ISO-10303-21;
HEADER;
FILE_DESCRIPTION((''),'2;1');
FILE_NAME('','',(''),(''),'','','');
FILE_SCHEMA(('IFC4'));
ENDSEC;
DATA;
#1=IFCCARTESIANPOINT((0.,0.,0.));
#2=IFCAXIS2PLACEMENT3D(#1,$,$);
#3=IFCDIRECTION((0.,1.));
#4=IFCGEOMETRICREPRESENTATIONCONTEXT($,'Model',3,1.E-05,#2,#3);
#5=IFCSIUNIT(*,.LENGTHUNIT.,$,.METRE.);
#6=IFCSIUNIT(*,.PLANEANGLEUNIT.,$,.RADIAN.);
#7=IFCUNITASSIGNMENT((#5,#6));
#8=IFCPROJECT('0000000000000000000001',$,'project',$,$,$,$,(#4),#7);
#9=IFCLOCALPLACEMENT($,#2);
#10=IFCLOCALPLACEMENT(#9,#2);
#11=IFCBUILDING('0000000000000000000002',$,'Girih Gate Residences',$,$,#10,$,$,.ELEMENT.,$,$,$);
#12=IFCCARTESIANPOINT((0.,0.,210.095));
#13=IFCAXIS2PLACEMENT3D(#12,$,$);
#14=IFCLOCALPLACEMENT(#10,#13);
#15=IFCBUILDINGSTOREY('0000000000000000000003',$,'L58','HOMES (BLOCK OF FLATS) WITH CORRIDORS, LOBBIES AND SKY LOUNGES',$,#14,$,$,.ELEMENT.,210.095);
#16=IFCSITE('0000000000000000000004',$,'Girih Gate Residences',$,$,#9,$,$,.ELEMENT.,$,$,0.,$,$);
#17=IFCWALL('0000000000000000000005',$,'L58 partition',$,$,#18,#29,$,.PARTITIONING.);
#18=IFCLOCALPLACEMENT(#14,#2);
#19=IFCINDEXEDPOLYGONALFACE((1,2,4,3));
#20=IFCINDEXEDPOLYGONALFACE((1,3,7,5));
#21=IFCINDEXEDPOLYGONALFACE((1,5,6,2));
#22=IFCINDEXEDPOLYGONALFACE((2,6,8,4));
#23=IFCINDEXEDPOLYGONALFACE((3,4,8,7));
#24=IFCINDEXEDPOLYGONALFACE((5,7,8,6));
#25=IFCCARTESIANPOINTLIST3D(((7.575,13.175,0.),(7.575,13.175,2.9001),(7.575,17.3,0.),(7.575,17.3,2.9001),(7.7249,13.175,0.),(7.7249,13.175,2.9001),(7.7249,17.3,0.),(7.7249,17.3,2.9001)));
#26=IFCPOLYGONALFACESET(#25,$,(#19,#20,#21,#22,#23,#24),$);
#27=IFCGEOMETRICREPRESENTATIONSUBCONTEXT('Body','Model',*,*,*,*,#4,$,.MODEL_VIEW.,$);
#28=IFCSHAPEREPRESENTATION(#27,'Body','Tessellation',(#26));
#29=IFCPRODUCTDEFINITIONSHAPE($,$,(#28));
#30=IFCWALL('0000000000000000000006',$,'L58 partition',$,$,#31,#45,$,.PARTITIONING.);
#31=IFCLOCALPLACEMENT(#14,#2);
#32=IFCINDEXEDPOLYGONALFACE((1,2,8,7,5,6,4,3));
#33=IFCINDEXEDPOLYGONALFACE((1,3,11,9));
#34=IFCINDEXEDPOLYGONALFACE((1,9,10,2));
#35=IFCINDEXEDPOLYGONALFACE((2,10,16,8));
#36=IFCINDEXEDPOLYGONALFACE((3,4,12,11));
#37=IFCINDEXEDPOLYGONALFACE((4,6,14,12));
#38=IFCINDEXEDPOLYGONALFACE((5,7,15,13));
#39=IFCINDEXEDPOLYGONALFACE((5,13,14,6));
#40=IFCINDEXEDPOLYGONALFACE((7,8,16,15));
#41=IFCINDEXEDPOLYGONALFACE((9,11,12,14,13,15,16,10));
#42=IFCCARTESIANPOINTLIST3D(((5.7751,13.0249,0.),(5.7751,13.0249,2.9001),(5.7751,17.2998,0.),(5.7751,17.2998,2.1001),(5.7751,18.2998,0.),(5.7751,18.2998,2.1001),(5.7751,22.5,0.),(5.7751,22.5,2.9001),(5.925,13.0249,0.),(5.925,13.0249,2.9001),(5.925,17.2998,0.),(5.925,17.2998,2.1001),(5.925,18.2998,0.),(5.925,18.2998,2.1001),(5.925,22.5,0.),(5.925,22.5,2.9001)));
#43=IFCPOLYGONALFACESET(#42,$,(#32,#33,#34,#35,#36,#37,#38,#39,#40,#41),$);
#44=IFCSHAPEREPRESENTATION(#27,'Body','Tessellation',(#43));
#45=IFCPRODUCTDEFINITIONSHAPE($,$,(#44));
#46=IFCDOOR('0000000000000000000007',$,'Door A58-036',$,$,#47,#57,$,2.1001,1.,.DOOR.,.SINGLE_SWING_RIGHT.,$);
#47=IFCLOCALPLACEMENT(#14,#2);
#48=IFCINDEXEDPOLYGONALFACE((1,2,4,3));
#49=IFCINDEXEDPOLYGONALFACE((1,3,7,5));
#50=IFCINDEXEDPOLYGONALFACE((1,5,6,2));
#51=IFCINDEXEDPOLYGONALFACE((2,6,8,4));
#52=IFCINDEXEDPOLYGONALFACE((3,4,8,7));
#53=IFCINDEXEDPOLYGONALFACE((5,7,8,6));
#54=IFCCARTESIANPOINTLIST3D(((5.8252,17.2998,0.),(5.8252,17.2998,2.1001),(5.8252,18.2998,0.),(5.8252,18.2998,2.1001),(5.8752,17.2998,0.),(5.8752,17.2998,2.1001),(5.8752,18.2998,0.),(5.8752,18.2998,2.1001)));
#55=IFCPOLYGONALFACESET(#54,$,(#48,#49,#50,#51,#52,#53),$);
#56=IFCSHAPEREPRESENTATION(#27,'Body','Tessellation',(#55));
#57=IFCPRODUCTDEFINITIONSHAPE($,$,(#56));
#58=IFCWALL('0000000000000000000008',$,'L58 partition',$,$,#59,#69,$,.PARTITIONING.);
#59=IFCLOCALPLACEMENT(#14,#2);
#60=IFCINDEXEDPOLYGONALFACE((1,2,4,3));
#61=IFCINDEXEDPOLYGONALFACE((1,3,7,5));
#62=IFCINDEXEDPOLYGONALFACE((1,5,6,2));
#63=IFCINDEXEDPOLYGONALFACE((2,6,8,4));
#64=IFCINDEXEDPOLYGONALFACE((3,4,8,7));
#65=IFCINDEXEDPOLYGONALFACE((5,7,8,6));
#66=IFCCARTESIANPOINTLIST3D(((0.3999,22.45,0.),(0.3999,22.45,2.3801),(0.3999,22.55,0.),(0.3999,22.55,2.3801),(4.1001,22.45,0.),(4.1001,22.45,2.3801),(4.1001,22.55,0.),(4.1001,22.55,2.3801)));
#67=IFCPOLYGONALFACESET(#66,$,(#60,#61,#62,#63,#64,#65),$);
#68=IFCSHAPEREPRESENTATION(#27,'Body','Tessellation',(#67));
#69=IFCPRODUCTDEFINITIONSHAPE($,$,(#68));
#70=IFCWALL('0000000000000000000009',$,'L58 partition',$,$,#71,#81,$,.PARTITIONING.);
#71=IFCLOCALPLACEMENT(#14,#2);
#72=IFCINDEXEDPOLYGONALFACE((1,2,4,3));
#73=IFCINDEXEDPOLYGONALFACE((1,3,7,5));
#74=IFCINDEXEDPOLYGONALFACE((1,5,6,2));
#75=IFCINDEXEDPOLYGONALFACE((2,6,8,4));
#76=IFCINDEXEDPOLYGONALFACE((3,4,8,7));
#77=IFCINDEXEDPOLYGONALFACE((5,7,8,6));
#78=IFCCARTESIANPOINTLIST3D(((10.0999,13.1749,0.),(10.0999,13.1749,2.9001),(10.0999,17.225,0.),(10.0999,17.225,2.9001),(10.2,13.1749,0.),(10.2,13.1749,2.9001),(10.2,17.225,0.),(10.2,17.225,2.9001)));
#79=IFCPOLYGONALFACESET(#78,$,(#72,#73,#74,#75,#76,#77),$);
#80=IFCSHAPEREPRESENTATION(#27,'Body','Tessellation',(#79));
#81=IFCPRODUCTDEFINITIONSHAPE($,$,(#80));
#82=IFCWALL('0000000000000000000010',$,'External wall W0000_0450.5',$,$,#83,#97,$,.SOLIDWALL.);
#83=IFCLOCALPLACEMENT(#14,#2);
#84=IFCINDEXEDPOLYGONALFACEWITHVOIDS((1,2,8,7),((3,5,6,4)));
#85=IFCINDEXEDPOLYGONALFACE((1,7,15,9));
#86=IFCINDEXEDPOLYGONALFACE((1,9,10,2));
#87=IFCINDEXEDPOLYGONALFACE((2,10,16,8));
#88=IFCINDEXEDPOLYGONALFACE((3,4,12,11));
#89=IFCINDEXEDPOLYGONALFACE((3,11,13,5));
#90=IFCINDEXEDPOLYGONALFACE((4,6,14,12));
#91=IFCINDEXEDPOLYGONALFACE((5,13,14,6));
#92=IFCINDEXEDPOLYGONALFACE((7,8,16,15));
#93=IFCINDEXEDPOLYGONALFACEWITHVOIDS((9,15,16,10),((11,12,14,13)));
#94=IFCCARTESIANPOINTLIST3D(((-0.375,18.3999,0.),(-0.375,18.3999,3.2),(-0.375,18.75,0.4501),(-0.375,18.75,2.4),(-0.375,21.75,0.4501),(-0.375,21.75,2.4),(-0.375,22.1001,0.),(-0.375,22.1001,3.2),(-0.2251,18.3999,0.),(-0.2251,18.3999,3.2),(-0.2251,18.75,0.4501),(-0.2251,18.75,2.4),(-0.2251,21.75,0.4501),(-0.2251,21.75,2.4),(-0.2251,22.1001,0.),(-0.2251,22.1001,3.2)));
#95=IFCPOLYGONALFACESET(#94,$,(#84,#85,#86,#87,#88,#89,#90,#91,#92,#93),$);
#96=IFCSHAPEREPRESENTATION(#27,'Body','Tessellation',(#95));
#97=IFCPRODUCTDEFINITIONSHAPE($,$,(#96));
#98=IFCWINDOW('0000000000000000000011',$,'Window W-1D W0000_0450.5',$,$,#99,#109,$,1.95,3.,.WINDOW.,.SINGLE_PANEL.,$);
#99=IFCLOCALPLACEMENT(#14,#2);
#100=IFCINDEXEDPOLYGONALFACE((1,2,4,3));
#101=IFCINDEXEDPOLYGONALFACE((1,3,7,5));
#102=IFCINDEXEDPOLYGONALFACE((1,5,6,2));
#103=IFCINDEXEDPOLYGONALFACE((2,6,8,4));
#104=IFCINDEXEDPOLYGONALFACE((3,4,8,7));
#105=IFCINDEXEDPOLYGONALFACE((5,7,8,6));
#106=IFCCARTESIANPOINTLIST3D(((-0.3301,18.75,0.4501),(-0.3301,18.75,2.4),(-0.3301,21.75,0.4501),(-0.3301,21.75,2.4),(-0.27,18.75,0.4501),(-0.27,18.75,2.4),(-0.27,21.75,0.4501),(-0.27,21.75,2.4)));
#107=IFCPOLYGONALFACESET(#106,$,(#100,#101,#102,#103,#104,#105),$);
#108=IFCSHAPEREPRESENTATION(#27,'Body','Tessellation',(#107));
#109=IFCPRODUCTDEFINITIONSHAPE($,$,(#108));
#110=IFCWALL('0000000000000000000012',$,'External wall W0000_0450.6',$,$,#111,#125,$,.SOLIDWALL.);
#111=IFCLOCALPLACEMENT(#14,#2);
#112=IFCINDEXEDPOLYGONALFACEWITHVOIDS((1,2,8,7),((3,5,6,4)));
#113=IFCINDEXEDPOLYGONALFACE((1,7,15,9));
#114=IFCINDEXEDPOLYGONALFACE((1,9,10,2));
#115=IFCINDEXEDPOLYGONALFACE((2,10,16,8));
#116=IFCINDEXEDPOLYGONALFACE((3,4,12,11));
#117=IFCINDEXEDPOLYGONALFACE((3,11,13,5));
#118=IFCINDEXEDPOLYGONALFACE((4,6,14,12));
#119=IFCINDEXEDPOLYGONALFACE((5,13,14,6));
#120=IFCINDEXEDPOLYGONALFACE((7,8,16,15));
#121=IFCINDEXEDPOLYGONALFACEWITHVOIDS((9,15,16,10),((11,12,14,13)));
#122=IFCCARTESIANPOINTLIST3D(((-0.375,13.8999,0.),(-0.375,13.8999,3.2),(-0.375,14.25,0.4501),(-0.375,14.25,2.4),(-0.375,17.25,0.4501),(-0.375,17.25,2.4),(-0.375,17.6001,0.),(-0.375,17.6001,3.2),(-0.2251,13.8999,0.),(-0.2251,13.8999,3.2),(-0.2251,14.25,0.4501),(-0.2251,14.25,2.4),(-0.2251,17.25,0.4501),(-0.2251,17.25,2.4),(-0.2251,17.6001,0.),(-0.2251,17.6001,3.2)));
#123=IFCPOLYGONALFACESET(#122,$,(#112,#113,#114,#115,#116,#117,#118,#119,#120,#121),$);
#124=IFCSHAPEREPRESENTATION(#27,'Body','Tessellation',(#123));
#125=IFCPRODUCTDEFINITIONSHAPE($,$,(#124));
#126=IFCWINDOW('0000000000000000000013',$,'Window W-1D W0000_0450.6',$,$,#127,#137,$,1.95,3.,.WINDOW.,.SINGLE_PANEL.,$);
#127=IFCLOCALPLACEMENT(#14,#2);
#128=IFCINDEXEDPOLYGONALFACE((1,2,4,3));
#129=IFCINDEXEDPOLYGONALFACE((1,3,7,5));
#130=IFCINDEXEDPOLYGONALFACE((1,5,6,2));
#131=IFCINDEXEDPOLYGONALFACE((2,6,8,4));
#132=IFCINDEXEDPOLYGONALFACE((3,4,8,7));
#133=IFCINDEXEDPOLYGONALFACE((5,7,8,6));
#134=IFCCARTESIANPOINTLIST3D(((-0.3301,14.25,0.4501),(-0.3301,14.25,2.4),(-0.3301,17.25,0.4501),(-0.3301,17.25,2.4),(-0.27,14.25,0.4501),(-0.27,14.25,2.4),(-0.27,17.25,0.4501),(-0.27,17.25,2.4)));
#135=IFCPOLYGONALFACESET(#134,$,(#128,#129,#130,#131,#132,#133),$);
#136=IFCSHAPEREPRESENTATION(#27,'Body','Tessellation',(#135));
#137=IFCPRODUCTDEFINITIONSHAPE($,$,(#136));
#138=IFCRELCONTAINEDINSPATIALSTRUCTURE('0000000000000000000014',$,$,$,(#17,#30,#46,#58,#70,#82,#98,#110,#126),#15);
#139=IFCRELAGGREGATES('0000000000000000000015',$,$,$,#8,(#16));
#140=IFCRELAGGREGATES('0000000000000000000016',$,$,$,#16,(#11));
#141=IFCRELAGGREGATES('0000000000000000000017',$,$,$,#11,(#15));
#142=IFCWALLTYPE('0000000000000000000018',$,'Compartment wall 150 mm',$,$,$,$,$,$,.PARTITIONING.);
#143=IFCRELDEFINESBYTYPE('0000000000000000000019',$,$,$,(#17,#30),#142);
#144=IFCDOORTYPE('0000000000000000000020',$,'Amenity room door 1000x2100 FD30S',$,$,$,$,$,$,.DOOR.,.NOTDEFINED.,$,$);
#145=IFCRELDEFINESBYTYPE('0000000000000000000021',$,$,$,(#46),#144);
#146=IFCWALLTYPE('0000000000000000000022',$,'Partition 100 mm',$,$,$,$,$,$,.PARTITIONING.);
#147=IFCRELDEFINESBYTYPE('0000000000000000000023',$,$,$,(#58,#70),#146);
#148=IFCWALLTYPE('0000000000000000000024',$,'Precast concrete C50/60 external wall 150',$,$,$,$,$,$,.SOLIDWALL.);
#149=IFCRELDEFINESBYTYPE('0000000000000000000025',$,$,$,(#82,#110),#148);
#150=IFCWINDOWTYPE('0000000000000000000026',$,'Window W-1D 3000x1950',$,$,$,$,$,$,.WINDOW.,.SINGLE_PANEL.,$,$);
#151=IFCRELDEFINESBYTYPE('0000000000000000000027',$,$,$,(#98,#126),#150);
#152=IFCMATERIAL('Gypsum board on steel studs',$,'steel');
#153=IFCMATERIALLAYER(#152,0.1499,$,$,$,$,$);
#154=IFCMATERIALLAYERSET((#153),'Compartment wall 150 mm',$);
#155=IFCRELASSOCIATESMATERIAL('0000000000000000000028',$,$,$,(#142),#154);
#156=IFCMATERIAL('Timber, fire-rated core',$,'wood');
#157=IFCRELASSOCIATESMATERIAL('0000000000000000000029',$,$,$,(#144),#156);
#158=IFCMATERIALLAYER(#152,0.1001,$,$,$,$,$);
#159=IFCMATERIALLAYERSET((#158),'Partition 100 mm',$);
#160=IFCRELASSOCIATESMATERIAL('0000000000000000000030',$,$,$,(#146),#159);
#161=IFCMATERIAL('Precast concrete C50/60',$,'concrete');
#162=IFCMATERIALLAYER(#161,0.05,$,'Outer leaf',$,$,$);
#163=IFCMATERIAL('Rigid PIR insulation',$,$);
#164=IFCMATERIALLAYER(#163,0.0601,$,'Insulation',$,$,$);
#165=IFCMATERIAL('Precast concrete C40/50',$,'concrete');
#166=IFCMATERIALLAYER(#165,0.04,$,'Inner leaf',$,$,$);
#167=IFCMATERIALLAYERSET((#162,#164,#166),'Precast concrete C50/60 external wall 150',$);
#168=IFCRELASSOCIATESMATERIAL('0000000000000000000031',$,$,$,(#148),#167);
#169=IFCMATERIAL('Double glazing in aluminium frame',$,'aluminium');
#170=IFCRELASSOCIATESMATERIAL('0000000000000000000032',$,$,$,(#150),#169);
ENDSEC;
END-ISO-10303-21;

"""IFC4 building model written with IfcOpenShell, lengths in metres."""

from ifc_helpers import new_model, si_unit, direction, frame, frame_2d, origin, place, context, subcontext, project, spatial, rectangle, extrude, material, layer, layer_set, type_object, element, fill, save


model = new_model("IFC4")

# Units and contexts
model_context = context("Model", 3, precision=1e-05, world=origin(), true_north=direction((0.0, 1.0)))
body_context = subcontext(model_context, "Body", "Model", "MODEL_VIEW")
ifc_project = project(units=[si_unit("LENGTHUNIT", "METRE"), si_unit("PLANEANGLEUNIT", "RADIAN")], contexts=[model_context])

# Site, building, storey
site_placement = place(None, origin())
site = spatial("IfcSite", under=ifc_project, at=site_placement, Name="Girih Gate Residences", CompositionType="ELEMENT", RefElevation=0.0)
building_placement = place(site_placement, origin())
building = spatial("IfcBuilding", under=site, at=building_placement, Name="Girih Gate Residences", CompositionType="ELEMENT")
storey_placement = place(building_placement, frame((0.0, 0.0, 210.095)))
storey = spatial("IfcBuildingStorey", under=building, at=storey_placement, Name="L58", Description="HOMES (BLOCK OF FLATS) WITH CORRIDORS, LOBBIES AND SKY LOUNGES", CompositionType="ELEMENT", Elevation=210.095)

# Shared definitions
ifc_material_1 = material(Name="Gypsum board on steel studs", Category="steel")
ifc_layer_1 = layer(ifc_material_1, 0.1499)
ifc_layer_set_1 = layer_set([ifc_layer_1], Name="Compartment wall 150 mm")
wall_type_1 = type_object("IfcWallType", Name="Compartment wall 150 mm", PredefinedType="PARTITIONING", material=ifc_layer_set_1)

# Wall
wall_1_placement = place(storey_placement, frame((7.6499, 13.175, 0.0), z_axis=(0.0, 0.0, 1.0), x_axis=(0.0, 1.0, 0.0)))
element("IfcWall", 1, at=wall_1_placement, inside=storey, type_object=wall_type_1, Name="L58 partition", PredefinedType="PARTITIONING", context=body_context, shape_type="SweptSolid", body=[
    extrude(rectangle(XDim=4.125, YDim=0.1499, at=frame_2d((2.0625, 0.0))), origin(), (0.0, 0.0, 1.0), 2.9001),
])

# Wall, opening, door
wall_2_placement = place(storey_placement, frame((5.8501, 13.0249, 0.0), z_axis=(0.0, 0.0, 1.0), x_axis=(0.0, 1.0, 0.0)))
wall_2 = element("IfcWall", 2, at=wall_2_placement, inside=storey, type_object=wall_type_1, Name="L58 partition", PredefinedType="PARTITIONING", context=body_context, shape_type="SweptSolid", body=[
    extrude(rectangle(XDim=9.4751, YDim=0.1499, at=frame_2d((4.7375, 0.0))), origin(), (0.0, 0.0, 1.0), 2.9001),
])
opening_1_placement = place(wall_2_placement, frame((4.2749, 0.0, 0.0)))
opening_1 = element("IfcOpeningElement", 3, at=opening_1_placement, cuts=wall_2, PredefinedType="OPENING", context=body_context, shape_type="SweptSolid", body=[
    extrude(rectangle(XDim=1.0, YDim=2.1001, at=frame_2d((0.5, 1.05))), frame((0.0, 0.085, 0.0), z_axis=(0.0, -1.0, 0.0), x_axis=(1.0, 0.0, 0.0)), (0.0, 0.0, 1.0), 0.1699),
])
ifc_material_2 = material(Name="Timber, fire-rated core", Category="wood")
door_type_1 = type_object("IfcDoorType", Name="Amenity room door 1000x2100 FD30S", OperationType="NOTDEFINED", PredefinedType="DOOR", material=ifc_material_2)
door_1_placement = place(opening_1_placement, origin())
door_1 = element("IfcDoor", 4, at=door_1_placement, inside=storey, type_object=door_type_1, Name="Door A58-036", OperationType="SINGLE_SWING_RIGHT", OverallHeight=2.1001, OverallWidth=1.0, PredefinedType="DOOR", context=body_context, shape_type="SweptSolid", body=[
    extrude(rectangle(XDim=1.0, YDim=2.1001, at=frame_2d((0.5, 1.05))), frame((0.0, 0.0249, 0.0), z_axis=(0.0, -1.0, 0.0), x_axis=(1.0, 0.0, 0.0)), (0.0, 0.0, 1.0), 0.05),
])
fill(opening_1, door_1)

# Walls
ifc_layer_2 = layer(ifc_material_1, 0.1001)
ifc_layer_set_2 = layer_set([ifc_layer_2], Name="Partition 100 mm")
wall_type_2 = type_object("IfcWallType", Name="Partition 100 mm", PredefinedType="PARTITIONING", material=ifc_layer_set_2)
wall_3_placement = place(storey_placement, frame((0.3999, 22.5, 0.0), z_axis=(0.0, 0.0, 1.0), x_axis=(1.0, 0.0, 0.0)))
element("IfcWall", 5, at=wall_3_placement, inside=storey, type_object=wall_type_2, Name="L58 partition", PredefinedType="PARTITIONING", context=body_context, shape_type="SweptSolid", body=[
    extrude(rectangle(XDim=3.7002, YDim=0.1001, at=frame_2d((1.8501, 0.0))), origin(), (0.0, 0.0, 1.0), 2.3801),
])
wall_4_placement = place(storey_placement, frame((10.1499, 13.175, 0.0), z_axis=(0.0, 0.0, 1.0), x_axis=(0.0, 1.0, 0.0)))
element("IfcWall", 6, at=wall_4_placement, inside=storey, type_object=wall_type_2, Name="L58 partition", PredefinedType="PARTITIONING", context=body_context, shape_type="SweptSolid", body=[
    extrude(rectangle(XDim=4.05, YDim=0.1001, at=frame_2d((2.0249, 0.0))), origin(), (0.0, 0.0, 1.0), 2.9001),
])

# Walls, openings, windows
ifc_material_3 = material(Name="Precast concrete C50/60", Category="concrete")
ifc_layer_3 = layer(ifc_material_3, 0.05, Name="Outer leaf")
ifc_material_4 = material(Name="Rigid PIR insulation")
ifc_layer_4 = layer(ifc_material_4, 0.0601, Name="Insulation")
ifc_material_5 = material(Name="Precast concrete C40/50", Category="concrete")
ifc_layer_5 = layer(ifc_material_5, 0.04, Name="Inner leaf")
ifc_layer_set_3 = layer_set([ifc_layer_3, ifc_layer_4, ifc_layer_5], Name="Precast concrete C50/60 external wall 150")
wall_type_3 = type_object("IfcWallType", Name="Precast concrete C50/60 external wall 150", PredefinedType="SOLIDWALL", material=ifc_layer_set_3)
wall_5_placement = place(storey_placement, frame((-0.3, 18.3999, 0.0), z_axis=(0.0, 0.0, 1.0), x_axis=(0.0, 1.0, 0.0)))
wall_5 = element("IfcWall", 7, at=wall_5_placement, inside=storey, type_object=wall_type_3, Name="External wall W0000_0450.5", PredefinedType="SOLIDWALL", context=body_context, shape_type="SweptSolid", body=[
    extrude(rectangle(XDim=3.7002, YDim=0.1499, at=frame_2d((1.8501, 0.0))), origin(), (0.0, 0.0, 1.0), 3.2),
])
opening_2_placement = place(wall_5_placement, frame((0.3501, 0.0, 0.45)))
opening_2 = element("IfcOpeningElement", 8, at=opening_2_placement, cuts=wall_5, PredefinedType="OPENING", context=body_context, shape_type="SweptSolid", body=[
    extrude(rectangle(XDim=3.0, YDim=1.95, at=frame_2d((1.5, 0.9751))), frame((0.0, 0.085, 0.0), z_axis=(0.0, -1.0, 0.0), x_axis=(1.0, 0.0, 0.0)), (0.0, 0.0, 1.0), 0.1699),
])
ifc_material_6 = material(Name="Double glazing in aluminium frame", Category="aluminium")
window_type = type_object("IfcWindowType", Name="Window W-1D 3000x1950", PartitioningType="SINGLE_PANEL", PredefinedType="WINDOW", material=ifc_material_6)
window_1_placement = place(opening_2_placement, origin())
window_1 = element("IfcWindow", 9, at=window_1_placement, inside=storey, type_object=window_type, Name="Window W-1D W0000_0450.5", OverallHeight=1.95, OverallWidth=3.0, PartitioningType="SINGLE_PANEL", PredefinedType="WINDOW", context=body_context, shape_type="SweptSolid", body=[
    extrude(rectangle(XDim=3.0, YDim=1.95, at=frame_2d((1.5, 0.9751))), frame((0.0, 0.03, 0.0), z_axis=(0.0, -1.0, 0.0), x_axis=(1.0, 0.0, 0.0)), (0.0, 0.0, 1.0), 0.0601),
])
fill(opening_2, window_1)
wall_6_placement = place(storey_placement, frame((-0.3, 13.8999, 0.0), z_axis=(0.0, 0.0, 1.0), x_axis=(0.0, 1.0, 0.0)))
wall_6 = element("IfcWall", 10, at=wall_6_placement, inside=storey, type_object=wall_type_3, Name="External wall W0000_0450.6", PredefinedType="SOLIDWALL", context=body_context, shape_type="SweptSolid", body=[
    extrude(rectangle(XDim=3.7002, YDim=0.1499, at=frame_2d((1.8501, 0.0))), origin(), (0.0, 0.0, 1.0), 3.2),
])
opening_3_placement = place(wall_6_placement, frame((0.3501, 0.0, 0.45)))
opening_3 = element("IfcOpeningElement", 11, at=opening_3_placement, cuts=wall_6, PredefinedType="OPENING", context=body_context, shape_type="SweptSolid", body=[
    extrude(rectangle(XDim=3.0, YDim=1.95, at=frame_2d((1.5, 0.9751))), frame((0.0, 0.085, 0.0), z_axis=(0.0, -1.0, 0.0), x_axis=(1.0, 0.0, 0.0)), (0.0, 0.0, 1.0), 0.1699),
])
window_2_placement = place(opening_3_placement, origin())
window_2 = element("IfcWindow", 12, at=window_2_placement, inside=storey, type_object=window_type, Name="Window W-1D W0000_0450.6", OverallHeight=1.95, OverallWidth=3.0, PartitioningType="SINGLE_PANEL", PredefinedType="WINDOW", context=body_context, shape_type="SweptSolid", body=[
    extrude(rectangle(XDim=3.0, YDim=1.95, at=frame_2d((1.5, 0.9751))), frame((0.0, 0.03, 0.0), z_axis=(0.0, -1.0, 0.0), x_axis=(1.0, 0.0, 0.0)), (0.0, 0.0, 1.0), 0.0601),
])
fill(opening_3, window_2)

save(model, "model.ifc")
